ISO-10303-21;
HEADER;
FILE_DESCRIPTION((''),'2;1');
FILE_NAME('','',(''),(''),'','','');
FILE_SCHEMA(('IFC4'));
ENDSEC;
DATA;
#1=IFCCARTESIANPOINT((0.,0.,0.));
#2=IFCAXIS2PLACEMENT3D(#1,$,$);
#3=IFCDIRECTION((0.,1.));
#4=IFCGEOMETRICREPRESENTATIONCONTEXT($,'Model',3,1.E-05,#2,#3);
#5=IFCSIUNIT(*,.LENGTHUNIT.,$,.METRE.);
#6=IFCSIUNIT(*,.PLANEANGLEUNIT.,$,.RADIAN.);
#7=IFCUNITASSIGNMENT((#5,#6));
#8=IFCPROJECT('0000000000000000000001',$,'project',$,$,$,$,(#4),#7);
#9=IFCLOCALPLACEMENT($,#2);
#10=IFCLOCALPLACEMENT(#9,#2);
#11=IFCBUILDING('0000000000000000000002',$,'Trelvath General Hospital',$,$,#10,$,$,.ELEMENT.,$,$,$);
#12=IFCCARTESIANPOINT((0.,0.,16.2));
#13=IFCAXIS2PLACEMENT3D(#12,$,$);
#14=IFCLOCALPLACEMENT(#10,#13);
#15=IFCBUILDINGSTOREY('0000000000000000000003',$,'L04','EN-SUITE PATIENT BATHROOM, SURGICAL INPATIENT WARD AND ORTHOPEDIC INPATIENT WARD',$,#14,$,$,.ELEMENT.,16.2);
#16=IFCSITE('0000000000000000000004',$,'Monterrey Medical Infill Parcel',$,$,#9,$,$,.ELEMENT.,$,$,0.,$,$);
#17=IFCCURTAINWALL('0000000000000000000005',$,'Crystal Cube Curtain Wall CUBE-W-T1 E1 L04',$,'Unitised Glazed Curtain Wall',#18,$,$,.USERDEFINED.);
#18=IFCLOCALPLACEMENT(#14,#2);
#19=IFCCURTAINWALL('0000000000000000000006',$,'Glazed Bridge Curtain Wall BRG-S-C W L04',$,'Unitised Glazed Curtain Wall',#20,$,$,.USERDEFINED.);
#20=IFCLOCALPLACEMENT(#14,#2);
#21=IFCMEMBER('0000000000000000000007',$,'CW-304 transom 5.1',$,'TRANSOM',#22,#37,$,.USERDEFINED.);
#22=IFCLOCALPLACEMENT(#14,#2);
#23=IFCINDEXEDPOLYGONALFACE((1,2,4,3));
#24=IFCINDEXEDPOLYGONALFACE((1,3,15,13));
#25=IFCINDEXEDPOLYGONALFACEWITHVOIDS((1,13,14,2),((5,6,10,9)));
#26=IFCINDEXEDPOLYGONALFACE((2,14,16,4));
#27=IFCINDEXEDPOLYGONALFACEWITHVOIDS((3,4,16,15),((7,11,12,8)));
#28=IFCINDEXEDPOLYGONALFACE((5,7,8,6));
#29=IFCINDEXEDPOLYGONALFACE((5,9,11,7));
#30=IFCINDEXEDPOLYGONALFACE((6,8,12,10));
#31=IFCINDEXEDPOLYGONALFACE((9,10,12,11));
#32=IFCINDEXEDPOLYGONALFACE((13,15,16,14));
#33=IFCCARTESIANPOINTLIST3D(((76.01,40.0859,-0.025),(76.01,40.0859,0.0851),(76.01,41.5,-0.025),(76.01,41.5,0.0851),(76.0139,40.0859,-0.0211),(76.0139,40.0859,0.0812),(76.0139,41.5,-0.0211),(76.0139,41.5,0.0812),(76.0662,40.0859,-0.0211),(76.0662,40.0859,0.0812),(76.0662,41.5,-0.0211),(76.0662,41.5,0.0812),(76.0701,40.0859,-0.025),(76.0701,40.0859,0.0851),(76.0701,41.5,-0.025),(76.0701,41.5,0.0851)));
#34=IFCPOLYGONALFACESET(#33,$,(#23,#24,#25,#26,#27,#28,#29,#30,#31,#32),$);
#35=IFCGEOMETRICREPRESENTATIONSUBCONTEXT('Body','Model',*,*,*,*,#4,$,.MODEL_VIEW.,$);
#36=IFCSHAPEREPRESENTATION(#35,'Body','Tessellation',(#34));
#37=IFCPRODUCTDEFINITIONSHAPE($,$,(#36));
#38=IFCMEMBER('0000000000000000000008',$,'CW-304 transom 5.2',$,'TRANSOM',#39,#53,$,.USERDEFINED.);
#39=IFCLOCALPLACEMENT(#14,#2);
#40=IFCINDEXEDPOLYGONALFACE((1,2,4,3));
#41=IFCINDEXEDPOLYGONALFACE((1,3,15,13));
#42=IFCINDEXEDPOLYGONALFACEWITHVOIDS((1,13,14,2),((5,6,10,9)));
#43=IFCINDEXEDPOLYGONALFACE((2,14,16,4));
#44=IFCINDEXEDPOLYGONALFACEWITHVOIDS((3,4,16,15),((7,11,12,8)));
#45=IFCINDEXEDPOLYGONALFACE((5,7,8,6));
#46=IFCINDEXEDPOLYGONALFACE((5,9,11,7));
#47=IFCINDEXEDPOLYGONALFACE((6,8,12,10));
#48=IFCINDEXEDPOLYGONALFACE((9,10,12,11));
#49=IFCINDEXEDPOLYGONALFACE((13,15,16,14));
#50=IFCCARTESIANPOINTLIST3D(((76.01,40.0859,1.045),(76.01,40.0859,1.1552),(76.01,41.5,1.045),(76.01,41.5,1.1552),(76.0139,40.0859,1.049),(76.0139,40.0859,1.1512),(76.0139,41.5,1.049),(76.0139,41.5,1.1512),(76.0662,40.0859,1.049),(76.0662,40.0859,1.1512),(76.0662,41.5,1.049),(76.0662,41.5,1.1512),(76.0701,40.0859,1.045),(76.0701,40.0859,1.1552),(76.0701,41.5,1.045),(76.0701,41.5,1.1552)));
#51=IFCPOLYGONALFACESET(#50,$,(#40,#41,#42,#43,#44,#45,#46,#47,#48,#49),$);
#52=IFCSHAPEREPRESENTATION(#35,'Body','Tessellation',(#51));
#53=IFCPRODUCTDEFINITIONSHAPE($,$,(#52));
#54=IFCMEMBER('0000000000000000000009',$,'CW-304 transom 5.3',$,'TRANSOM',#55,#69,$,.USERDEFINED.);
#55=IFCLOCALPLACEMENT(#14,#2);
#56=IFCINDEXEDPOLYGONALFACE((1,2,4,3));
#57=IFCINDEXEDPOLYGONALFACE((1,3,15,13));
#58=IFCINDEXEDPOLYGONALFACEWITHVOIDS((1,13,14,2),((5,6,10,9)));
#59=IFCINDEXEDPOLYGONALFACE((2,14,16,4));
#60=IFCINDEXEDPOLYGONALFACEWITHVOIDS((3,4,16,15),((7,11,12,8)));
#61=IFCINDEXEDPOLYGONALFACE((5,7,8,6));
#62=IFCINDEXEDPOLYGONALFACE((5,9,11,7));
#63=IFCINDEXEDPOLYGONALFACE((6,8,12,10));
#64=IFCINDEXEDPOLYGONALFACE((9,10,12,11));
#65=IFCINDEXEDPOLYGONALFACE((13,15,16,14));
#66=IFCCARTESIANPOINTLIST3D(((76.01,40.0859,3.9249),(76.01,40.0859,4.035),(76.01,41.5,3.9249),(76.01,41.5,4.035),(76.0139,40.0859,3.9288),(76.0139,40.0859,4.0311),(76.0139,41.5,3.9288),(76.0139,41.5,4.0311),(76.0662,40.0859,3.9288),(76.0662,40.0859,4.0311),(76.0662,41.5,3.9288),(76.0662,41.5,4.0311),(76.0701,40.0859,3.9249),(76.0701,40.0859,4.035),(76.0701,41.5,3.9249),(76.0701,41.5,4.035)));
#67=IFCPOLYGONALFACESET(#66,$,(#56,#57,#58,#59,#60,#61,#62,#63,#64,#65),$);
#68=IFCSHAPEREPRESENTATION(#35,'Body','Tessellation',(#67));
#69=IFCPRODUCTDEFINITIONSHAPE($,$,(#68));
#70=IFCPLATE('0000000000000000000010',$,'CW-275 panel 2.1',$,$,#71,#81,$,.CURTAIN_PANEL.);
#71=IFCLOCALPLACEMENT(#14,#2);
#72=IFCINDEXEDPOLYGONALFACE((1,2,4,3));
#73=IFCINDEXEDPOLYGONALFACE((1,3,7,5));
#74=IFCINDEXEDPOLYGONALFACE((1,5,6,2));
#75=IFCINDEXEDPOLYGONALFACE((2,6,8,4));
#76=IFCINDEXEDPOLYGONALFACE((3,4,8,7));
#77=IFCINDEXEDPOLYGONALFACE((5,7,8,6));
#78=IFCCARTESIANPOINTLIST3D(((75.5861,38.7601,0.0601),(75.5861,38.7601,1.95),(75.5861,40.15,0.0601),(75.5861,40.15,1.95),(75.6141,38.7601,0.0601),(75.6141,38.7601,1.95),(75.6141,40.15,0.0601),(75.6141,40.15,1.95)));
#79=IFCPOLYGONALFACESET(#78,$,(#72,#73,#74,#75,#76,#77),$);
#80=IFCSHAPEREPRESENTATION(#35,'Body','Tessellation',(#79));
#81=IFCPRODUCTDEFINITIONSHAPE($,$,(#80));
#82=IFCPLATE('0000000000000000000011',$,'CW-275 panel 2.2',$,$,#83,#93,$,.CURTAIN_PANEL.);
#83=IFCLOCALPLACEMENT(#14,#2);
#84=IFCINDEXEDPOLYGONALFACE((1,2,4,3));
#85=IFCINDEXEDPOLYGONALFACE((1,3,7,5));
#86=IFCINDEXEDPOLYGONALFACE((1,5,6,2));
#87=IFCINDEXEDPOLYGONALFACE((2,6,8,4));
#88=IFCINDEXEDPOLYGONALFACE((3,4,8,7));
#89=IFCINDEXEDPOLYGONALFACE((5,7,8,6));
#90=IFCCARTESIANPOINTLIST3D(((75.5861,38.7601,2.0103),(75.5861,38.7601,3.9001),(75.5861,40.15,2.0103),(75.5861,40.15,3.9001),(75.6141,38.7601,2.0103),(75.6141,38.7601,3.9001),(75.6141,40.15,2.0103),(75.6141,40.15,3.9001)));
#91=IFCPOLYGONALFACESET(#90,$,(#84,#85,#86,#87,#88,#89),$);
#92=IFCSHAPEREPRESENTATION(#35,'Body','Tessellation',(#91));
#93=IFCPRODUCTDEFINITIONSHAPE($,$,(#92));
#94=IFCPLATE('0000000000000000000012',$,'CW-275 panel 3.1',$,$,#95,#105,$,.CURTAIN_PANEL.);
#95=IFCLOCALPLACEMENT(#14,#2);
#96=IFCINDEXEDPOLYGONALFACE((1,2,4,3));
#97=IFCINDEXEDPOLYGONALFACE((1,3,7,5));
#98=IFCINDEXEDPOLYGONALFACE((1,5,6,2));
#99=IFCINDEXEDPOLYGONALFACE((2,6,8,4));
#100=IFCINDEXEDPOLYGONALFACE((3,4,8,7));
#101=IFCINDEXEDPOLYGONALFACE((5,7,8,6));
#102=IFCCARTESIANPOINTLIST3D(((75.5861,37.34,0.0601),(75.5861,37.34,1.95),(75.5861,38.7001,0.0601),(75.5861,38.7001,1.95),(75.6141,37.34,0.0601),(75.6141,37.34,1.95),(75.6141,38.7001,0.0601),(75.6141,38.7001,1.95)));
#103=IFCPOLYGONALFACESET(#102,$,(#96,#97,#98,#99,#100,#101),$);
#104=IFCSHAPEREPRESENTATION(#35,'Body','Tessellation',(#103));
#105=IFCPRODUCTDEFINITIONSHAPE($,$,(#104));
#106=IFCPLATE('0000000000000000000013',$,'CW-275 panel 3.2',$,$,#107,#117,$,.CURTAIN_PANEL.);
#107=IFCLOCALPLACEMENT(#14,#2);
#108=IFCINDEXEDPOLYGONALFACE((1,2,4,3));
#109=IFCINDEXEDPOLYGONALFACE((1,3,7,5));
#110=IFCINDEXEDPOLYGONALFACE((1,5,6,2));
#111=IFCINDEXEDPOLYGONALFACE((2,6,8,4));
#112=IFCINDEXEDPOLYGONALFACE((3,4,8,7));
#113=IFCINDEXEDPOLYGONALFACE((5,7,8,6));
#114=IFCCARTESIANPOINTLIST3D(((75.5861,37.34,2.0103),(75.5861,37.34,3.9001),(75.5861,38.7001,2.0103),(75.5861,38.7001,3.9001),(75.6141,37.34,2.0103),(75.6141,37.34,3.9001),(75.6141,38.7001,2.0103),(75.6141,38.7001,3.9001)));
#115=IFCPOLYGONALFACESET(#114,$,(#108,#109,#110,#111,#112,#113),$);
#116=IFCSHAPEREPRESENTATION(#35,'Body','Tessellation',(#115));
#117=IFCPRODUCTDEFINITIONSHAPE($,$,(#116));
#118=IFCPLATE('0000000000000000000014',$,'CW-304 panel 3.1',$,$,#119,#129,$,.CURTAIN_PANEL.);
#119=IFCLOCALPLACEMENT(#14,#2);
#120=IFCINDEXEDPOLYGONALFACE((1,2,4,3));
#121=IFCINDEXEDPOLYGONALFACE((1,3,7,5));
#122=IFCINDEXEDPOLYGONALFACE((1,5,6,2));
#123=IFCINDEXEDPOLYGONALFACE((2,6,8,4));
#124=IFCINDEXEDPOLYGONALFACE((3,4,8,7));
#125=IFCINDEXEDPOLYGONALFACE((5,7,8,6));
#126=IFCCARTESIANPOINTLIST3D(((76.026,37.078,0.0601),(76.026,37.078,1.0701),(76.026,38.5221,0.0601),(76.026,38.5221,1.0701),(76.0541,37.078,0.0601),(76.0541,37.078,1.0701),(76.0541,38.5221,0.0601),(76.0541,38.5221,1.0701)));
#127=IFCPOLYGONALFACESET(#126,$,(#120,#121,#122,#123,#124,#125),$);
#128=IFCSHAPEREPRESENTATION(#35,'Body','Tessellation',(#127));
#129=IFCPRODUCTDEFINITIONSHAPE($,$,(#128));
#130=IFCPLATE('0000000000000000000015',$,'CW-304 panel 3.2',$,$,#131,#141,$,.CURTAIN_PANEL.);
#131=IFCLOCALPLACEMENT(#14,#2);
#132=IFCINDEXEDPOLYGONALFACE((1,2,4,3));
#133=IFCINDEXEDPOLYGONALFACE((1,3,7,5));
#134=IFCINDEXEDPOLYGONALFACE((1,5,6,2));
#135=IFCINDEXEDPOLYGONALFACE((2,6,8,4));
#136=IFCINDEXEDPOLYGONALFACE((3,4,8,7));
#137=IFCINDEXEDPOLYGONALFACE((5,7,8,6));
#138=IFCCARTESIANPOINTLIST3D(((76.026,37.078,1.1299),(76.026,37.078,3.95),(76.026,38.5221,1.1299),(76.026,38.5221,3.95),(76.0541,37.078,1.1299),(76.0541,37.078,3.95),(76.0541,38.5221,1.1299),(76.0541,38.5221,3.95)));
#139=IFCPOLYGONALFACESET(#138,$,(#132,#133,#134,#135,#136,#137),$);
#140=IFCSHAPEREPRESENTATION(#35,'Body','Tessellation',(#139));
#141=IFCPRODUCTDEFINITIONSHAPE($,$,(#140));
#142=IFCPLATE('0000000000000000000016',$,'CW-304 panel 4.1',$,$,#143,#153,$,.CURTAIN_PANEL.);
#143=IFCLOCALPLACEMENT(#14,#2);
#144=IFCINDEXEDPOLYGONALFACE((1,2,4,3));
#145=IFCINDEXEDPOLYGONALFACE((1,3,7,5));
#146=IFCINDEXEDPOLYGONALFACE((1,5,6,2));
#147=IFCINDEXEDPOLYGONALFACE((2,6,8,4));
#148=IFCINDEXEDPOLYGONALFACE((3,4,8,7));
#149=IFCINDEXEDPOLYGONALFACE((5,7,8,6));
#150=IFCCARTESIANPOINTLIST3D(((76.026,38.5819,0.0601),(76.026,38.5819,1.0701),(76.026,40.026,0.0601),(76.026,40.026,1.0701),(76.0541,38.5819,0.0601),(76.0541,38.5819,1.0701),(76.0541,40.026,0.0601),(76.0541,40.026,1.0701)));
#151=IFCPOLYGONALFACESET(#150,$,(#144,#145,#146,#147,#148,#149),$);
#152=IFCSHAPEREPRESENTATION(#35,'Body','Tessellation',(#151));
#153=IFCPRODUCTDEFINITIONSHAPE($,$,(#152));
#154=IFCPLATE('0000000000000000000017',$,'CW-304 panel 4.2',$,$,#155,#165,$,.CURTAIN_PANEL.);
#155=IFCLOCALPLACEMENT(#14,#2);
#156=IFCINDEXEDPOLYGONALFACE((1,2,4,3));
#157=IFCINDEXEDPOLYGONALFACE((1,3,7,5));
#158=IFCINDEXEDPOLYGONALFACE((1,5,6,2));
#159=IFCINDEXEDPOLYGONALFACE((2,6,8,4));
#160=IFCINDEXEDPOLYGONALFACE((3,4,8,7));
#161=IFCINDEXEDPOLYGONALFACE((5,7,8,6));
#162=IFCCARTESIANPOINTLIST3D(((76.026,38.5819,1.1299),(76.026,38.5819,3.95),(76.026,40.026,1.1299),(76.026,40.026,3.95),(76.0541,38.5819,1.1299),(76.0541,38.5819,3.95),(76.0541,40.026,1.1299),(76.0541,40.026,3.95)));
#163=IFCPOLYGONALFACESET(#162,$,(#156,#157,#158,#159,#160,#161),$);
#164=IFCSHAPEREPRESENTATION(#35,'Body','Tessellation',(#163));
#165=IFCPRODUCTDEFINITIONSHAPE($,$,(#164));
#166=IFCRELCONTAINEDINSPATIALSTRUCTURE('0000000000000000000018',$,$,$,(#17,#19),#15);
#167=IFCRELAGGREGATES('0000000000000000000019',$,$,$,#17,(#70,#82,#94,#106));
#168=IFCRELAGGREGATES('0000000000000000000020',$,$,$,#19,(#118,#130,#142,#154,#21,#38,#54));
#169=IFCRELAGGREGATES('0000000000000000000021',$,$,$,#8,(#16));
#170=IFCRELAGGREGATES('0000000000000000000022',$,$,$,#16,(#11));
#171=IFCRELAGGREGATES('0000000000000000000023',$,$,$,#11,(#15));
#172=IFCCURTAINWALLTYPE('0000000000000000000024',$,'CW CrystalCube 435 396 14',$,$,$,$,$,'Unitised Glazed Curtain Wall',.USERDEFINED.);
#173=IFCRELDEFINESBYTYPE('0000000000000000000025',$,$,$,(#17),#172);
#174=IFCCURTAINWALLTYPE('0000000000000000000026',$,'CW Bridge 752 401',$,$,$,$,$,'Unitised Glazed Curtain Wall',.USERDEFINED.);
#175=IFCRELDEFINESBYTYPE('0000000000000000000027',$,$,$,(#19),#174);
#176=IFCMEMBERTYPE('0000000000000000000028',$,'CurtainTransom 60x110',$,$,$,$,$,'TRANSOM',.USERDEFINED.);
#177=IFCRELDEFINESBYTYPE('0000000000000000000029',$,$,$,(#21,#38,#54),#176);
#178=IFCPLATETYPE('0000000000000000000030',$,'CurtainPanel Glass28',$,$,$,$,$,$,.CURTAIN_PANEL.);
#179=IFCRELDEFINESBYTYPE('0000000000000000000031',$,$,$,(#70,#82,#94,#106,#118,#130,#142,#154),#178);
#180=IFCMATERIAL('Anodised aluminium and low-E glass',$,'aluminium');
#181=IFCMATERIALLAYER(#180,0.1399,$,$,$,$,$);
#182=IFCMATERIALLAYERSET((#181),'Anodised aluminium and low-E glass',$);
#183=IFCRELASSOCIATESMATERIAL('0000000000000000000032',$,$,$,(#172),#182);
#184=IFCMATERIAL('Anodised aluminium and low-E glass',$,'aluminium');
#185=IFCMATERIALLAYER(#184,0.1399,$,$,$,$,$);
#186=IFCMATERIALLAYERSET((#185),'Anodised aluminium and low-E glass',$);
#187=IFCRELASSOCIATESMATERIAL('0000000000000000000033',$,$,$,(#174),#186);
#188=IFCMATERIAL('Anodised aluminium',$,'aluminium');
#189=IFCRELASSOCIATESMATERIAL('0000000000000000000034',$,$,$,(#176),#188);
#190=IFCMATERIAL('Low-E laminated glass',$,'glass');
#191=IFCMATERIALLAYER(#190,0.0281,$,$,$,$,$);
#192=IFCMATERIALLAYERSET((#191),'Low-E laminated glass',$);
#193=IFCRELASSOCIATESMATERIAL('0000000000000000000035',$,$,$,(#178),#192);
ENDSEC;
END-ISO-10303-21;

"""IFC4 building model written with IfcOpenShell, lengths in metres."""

from ifc_helpers import new_model, si_unit, direction, frame, origin, origin_2d, place, context, subcontext, project, spatial, rectangle, hollow_rectangle, extrude, material, layer, layer_set, material_profile, profile_set, type_object, element, aggregate, save


model = new_model("IFC4")

# Units and contexts
model_context = context("Model", 3, precision=1e-05, world=origin(), true_north=direction((0.0, 1.0)))
body_context = subcontext(model_context, "Body", "Model", "MODEL_VIEW")
ifc_project = project(units=[si_unit("LENGTHUNIT", "METRE"), si_unit("PLANEANGLEUNIT", "RADIAN")], contexts=[model_context])

# Site, building, storey
site_placement = place(None, origin())
site = spatial("IfcSite", under=ifc_project, at=site_placement, Name="Monterrey Medical Infill Parcel", CompositionType="ELEMENT", RefElevation=0.0)
building_placement = place(site_placement, origin())
building = spatial("IfcBuilding", under=site, at=building_placement, Name="Trelvath General Hospital", CompositionType="ELEMENT")
storey_placement = place(building_placement, frame((0.0, 0.0, 16.2)))
storey = spatial("IfcBuildingStorey", under=building, at=storey_placement, Name="L04", Description="EN-SUITE PATIENT BATHROOM, SURGICAL INPATIENT WARD AND ORTHOPEDIC INPATIENT WARD", CompositionType="ELEMENT", Elevation=16.2)

# Curtain walls
ifc_material_1 = material(Name="Anodised aluminium and low-E glass", Category="aluminium")
ifc_layer_1 = layer(ifc_material_1, 0.1399)
ifc_layer_set_1 = layer_set([ifc_layer_1], Name="Anodised aluminium and low-E glass")
curtain_wall_type_1 = type_object("IfcCurtainWallType", Name="CW CrystalCube 435 396 14", ElementType="Unitised Glazed Curtain Wall", PredefinedType="USERDEFINED", material=ifc_layer_set_1)
curtain_wall_1_placement = place(storey_placement, origin())
curtain_wall_1 = element("IfcCurtainWall", 1, at=curtain_wall_1_placement, inside=storey, type_object=curtain_wall_type_1, Name="Crystal Cube Curtain Wall CUBE-W-T1 E1 L04", ObjectType="Unitised Glazed Curtain Wall", PredefinedType="USERDEFINED")
ifc_material_2 = material(Name="Anodised aluminium and low-E glass", Category="aluminium")
ifc_layer_2 = layer(ifc_material_2, 0.1399)
ifc_layer_set_2 = layer_set([ifc_layer_2], Name="Anodised aluminium and low-E glass")
curtain_wall_type_2 = type_object("IfcCurtainWallType", Name="CW Bridge 752 401", ElementType="Unitised Glazed Curtain Wall", PredefinedType="USERDEFINED", material=ifc_layer_set_2)
curtain_wall_2_placement = place(storey_placement, origin())
curtain_wall_2 = element("IfcCurtainWall", 2, at=curtain_wall_2_placement, inside=storey, type_object=curtain_wall_type_2, Name="Glazed Bridge Curtain Wall BRG-S-C W L04", ObjectType="Unitised Glazed Curtain Wall", PredefinedType="USERDEFINED")

# Members
ifc_material_3 = material(Name="Anodised aluminium", Category="aluminium")
ifc_material_profile_1 = material_profile(ifc_material_3, hollow_rectangle(XDim=0.0601, YDim=0.1101, WallThickness=0.0039, at=origin_2d()), Name="RHS60x110x4")
ifc_profile_set_1 = profile_set([ifc_material_profile_1], Name="Anodised aluminium")
member_type_1 = type_object("IfcMemberType", Name="CurtainTransom 60x110", ElementType="TRANSOM", PredefinedType="USERDEFINED", material=ifc_profile_set_1)
member_1_placement = place(storey_placement, frame((76.04, 40.0859, 0.03), z_axis=(0.0, 1.0, 0.0), x_axis=(-1.0, 0.0, 0.0)))
member_1 = element("IfcMember", 3, at=member_1_placement, type_object=member_type_1, Name="CW-304 transom 5.1", ObjectType="TRANSOM", PredefinedType="USERDEFINED", context=body_context, shape_type="SweptSolid", body=[
    extrude(hollow_rectangle(XDim=0.0601, YDim=0.1101, WallThickness=0.0039, at=origin_2d()), origin(), (0.0, 0.0, 1.0), 1.4141),
])
member_2_placement = place(storey_placement, frame((76.04, 40.0859, 1.1001), z_axis=(0.0, 1.0, 0.0), x_axis=(-1.0, 0.0, 0.0)))
member_2 = element("IfcMember", 4, at=member_2_placement, type_object=member_type_1, Name="CW-304 transom 5.2", ObjectType="TRANSOM", PredefinedType="USERDEFINED", context=body_context, shape_type="SweptSolid", body=[
    extrude(hollow_rectangle(XDim=0.0601, YDim=0.1101, WallThickness=0.0039, at=origin_2d()), origin(), (0.0, 0.0, 1.0), 1.4141),
])
member_3_placement = place(storey_placement, frame((76.04, 40.0859, 3.98), z_axis=(0.0, 1.0, 0.0), x_axis=(-1.0, 0.0, 0.0)))
member_3 = element("IfcMember", 5, at=member_3_placement, type_object=member_type_1, Name="CW-304 transom 5.3", ObjectType="TRANSOM", PredefinedType="USERDEFINED", context=body_context, shape_type="SweptSolid", body=[
    extrude(hollow_rectangle(XDim=0.0601, YDim=0.1101, WallThickness=0.0039, at=origin_2d()), origin(), (0.0, 0.0, 1.0), 1.4141),
])

# Plates
ifc_material_4 = material(Name="Low-E laminated glass", Category="glass")
ifc_layer_3 = layer(ifc_material_4, 0.0281)
ifc_layer_set_3 = layer_set([ifc_layer_3], Name="Low-E laminated glass")
plate_type = type_object("IfcPlateType", Name="CurtainPanel Glass28", PredefinedType="CURTAIN_PANEL", material=ifc_layer_set_3)
plate_1_placement = place(storey_placement, frame((75.6001, 39.4551, 0.0601), z_axis=(0.0, 0.0, 1.0), x_axis=(0.0, -1.0, 0.0)))
plate_1 = element("IfcPlate", 6, at=plate_1_placement, type_object=plate_type, Name="CW-275 panel 2.1", PredefinedType="CURTAIN_PANEL", context=body_context, shape_type="SweptSolid", body=[
    extrude(rectangle(XDim=1.3899, YDim=0.0281, at=origin_2d()), origin(), (0.0, 0.0, 1.0), 1.8899),
])
plate_2_placement = place(storey_placement, frame((75.6001, 39.4551, 2.0103), z_axis=(0.0, 0.0, 1.0), x_axis=(0.0, -1.0, 0.0)))
plate_2 = element("IfcPlate", 7, at=plate_2_placement, type_object=plate_type, Name="CW-275 panel 2.2", PredefinedType="CURTAIN_PANEL", context=body_context, shape_type="SweptSolid", body=[
    extrude(rectangle(XDim=1.3899, YDim=0.0281, at=origin_2d()), origin(), (0.0, 0.0, 1.0), 1.8899),
])
plate_3_placement = place(storey_placement, frame((75.6001, 38.02, 0.0601), z_axis=(0.0, 0.0, 1.0), x_axis=(0.0, -1.0, 0.0)))
plate_3 = element("IfcPlate", 8, at=plate_3_placement, type_object=plate_type, Name="CW-275 panel 3.1", PredefinedType="CURTAIN_PANEL", context=body_context, shape_type="SweptSolid", body=[
    extrude(rectangle(XDim=1.3601, YDim=0.0281, at=origin_2d()), origin(), (0.0, 0.0, 1.0), 1.8899),
])
plate_4_placement = place(storey_placement, frame((75.6001, 38.02, 2.0103), z_axis=(0.0, 0.0, 1.0), x_axis=(0.0, -1.0, 0.0)))
plate_4 = element("IfcPlate", 9, at=plate_4_placement, type_object=plate_type, Name="CW-275 panel 3.2", PredefinedType="CURTAIN_PANEL", context=body_context, shape_type="SweptSolid", body=[
    extrude(rectangle(XDim=1.3601, YDim=0.0281, at=origin_2d()), origin(), (0.0, 0.0, 1.0), 1.8899),
])
aggregate(curtain_wall_1, [plate_1, plate_2, plate_3, plate_4])
plate_5_placement = place(storey_placement, frame((76.04, 37.8, 0.0601), z_axis=(0.0, 0.0, 1.0), x_axis=(0.0, 1.0, 0.0)))
plate_5 = element("IfcPlate", 10, at=plate_5_placement, type_object=plate_type, Name="CW-304 panel 3.1", PredefinedType="CURTAIN_PANEL", context=body_context, shape_type="SweptSolid", body=[
    extrude(rectangle(XDim=1.4441, YDim=0.0281, at=origin_2d()), origin(), (0.0, 0.0, 1.0), 1.01),
])
plate_6_placement = place(storey_placement, frame((76.04, 37.8, 1.1299), z_axis=(0.0, 0.0, 1.0), x_axis=(0.0, 1.0, 0.0)))
plate_6 = element("IfcPlate", 11, at=plate_6_placement, type_object=plate_type, Name="CW-304 panel 3.2", PredefinedType="CURTAIN_PANEL", context=body_context, shape_type="SweptSolid", body=[
    extrude(rectangle(XDim=1.4441, YDim=0.0281, at=origin_2d()), origin(), (0.0, 0.0, 1.0), 2.8201),
])
plate_7_placement = place(storey_placement, frame((76.04, 39.304, 0.0601), z_axis=(0.0, 0.0, 1.0), x_axis=(0.0, 1.0, 0.0)))
plate_7 = element("IfcPlate", 12, at=plate_7_placement, type_object=plate_type, Name="CW-304 panel 4.1", PredefinedType="CURTAIN_PANEL", context=body_context, shape_type="SweptSolid", body=[
    extrude(rectangle(XDim=1.4441, YDim=0.0281, at=origin_2d()), origin(), (0.0, 0.0, 1.0), 1.01),
])
plate_8_placement = place(storey_placement, frame((76.04, 39.304, 1.1299), z_axis=(0.0, 0.0, 1.0), x_axis=(0.0, 1.0, 0.0)))
plate_8 = element("IfcPlate", 13, at=plate_8_placement, type_object=plate_type, Name="CW-304 panel 4.2", PredefinedType="CURTAIN_PANEL", context=body_context, shape_type="SweptSolid", body=[
    extrude(rectangle(XDim=1.4441, YDim=0.0281, at=origin_2d()), origin(), (0.0, 0.0, 1.0), 2.8201),
])
aggregate(curtain_wall_2, [plate_5, plate_6, plate_7, plate_8, member_1, member_2, member_3])

save(model, "model.ifc")
